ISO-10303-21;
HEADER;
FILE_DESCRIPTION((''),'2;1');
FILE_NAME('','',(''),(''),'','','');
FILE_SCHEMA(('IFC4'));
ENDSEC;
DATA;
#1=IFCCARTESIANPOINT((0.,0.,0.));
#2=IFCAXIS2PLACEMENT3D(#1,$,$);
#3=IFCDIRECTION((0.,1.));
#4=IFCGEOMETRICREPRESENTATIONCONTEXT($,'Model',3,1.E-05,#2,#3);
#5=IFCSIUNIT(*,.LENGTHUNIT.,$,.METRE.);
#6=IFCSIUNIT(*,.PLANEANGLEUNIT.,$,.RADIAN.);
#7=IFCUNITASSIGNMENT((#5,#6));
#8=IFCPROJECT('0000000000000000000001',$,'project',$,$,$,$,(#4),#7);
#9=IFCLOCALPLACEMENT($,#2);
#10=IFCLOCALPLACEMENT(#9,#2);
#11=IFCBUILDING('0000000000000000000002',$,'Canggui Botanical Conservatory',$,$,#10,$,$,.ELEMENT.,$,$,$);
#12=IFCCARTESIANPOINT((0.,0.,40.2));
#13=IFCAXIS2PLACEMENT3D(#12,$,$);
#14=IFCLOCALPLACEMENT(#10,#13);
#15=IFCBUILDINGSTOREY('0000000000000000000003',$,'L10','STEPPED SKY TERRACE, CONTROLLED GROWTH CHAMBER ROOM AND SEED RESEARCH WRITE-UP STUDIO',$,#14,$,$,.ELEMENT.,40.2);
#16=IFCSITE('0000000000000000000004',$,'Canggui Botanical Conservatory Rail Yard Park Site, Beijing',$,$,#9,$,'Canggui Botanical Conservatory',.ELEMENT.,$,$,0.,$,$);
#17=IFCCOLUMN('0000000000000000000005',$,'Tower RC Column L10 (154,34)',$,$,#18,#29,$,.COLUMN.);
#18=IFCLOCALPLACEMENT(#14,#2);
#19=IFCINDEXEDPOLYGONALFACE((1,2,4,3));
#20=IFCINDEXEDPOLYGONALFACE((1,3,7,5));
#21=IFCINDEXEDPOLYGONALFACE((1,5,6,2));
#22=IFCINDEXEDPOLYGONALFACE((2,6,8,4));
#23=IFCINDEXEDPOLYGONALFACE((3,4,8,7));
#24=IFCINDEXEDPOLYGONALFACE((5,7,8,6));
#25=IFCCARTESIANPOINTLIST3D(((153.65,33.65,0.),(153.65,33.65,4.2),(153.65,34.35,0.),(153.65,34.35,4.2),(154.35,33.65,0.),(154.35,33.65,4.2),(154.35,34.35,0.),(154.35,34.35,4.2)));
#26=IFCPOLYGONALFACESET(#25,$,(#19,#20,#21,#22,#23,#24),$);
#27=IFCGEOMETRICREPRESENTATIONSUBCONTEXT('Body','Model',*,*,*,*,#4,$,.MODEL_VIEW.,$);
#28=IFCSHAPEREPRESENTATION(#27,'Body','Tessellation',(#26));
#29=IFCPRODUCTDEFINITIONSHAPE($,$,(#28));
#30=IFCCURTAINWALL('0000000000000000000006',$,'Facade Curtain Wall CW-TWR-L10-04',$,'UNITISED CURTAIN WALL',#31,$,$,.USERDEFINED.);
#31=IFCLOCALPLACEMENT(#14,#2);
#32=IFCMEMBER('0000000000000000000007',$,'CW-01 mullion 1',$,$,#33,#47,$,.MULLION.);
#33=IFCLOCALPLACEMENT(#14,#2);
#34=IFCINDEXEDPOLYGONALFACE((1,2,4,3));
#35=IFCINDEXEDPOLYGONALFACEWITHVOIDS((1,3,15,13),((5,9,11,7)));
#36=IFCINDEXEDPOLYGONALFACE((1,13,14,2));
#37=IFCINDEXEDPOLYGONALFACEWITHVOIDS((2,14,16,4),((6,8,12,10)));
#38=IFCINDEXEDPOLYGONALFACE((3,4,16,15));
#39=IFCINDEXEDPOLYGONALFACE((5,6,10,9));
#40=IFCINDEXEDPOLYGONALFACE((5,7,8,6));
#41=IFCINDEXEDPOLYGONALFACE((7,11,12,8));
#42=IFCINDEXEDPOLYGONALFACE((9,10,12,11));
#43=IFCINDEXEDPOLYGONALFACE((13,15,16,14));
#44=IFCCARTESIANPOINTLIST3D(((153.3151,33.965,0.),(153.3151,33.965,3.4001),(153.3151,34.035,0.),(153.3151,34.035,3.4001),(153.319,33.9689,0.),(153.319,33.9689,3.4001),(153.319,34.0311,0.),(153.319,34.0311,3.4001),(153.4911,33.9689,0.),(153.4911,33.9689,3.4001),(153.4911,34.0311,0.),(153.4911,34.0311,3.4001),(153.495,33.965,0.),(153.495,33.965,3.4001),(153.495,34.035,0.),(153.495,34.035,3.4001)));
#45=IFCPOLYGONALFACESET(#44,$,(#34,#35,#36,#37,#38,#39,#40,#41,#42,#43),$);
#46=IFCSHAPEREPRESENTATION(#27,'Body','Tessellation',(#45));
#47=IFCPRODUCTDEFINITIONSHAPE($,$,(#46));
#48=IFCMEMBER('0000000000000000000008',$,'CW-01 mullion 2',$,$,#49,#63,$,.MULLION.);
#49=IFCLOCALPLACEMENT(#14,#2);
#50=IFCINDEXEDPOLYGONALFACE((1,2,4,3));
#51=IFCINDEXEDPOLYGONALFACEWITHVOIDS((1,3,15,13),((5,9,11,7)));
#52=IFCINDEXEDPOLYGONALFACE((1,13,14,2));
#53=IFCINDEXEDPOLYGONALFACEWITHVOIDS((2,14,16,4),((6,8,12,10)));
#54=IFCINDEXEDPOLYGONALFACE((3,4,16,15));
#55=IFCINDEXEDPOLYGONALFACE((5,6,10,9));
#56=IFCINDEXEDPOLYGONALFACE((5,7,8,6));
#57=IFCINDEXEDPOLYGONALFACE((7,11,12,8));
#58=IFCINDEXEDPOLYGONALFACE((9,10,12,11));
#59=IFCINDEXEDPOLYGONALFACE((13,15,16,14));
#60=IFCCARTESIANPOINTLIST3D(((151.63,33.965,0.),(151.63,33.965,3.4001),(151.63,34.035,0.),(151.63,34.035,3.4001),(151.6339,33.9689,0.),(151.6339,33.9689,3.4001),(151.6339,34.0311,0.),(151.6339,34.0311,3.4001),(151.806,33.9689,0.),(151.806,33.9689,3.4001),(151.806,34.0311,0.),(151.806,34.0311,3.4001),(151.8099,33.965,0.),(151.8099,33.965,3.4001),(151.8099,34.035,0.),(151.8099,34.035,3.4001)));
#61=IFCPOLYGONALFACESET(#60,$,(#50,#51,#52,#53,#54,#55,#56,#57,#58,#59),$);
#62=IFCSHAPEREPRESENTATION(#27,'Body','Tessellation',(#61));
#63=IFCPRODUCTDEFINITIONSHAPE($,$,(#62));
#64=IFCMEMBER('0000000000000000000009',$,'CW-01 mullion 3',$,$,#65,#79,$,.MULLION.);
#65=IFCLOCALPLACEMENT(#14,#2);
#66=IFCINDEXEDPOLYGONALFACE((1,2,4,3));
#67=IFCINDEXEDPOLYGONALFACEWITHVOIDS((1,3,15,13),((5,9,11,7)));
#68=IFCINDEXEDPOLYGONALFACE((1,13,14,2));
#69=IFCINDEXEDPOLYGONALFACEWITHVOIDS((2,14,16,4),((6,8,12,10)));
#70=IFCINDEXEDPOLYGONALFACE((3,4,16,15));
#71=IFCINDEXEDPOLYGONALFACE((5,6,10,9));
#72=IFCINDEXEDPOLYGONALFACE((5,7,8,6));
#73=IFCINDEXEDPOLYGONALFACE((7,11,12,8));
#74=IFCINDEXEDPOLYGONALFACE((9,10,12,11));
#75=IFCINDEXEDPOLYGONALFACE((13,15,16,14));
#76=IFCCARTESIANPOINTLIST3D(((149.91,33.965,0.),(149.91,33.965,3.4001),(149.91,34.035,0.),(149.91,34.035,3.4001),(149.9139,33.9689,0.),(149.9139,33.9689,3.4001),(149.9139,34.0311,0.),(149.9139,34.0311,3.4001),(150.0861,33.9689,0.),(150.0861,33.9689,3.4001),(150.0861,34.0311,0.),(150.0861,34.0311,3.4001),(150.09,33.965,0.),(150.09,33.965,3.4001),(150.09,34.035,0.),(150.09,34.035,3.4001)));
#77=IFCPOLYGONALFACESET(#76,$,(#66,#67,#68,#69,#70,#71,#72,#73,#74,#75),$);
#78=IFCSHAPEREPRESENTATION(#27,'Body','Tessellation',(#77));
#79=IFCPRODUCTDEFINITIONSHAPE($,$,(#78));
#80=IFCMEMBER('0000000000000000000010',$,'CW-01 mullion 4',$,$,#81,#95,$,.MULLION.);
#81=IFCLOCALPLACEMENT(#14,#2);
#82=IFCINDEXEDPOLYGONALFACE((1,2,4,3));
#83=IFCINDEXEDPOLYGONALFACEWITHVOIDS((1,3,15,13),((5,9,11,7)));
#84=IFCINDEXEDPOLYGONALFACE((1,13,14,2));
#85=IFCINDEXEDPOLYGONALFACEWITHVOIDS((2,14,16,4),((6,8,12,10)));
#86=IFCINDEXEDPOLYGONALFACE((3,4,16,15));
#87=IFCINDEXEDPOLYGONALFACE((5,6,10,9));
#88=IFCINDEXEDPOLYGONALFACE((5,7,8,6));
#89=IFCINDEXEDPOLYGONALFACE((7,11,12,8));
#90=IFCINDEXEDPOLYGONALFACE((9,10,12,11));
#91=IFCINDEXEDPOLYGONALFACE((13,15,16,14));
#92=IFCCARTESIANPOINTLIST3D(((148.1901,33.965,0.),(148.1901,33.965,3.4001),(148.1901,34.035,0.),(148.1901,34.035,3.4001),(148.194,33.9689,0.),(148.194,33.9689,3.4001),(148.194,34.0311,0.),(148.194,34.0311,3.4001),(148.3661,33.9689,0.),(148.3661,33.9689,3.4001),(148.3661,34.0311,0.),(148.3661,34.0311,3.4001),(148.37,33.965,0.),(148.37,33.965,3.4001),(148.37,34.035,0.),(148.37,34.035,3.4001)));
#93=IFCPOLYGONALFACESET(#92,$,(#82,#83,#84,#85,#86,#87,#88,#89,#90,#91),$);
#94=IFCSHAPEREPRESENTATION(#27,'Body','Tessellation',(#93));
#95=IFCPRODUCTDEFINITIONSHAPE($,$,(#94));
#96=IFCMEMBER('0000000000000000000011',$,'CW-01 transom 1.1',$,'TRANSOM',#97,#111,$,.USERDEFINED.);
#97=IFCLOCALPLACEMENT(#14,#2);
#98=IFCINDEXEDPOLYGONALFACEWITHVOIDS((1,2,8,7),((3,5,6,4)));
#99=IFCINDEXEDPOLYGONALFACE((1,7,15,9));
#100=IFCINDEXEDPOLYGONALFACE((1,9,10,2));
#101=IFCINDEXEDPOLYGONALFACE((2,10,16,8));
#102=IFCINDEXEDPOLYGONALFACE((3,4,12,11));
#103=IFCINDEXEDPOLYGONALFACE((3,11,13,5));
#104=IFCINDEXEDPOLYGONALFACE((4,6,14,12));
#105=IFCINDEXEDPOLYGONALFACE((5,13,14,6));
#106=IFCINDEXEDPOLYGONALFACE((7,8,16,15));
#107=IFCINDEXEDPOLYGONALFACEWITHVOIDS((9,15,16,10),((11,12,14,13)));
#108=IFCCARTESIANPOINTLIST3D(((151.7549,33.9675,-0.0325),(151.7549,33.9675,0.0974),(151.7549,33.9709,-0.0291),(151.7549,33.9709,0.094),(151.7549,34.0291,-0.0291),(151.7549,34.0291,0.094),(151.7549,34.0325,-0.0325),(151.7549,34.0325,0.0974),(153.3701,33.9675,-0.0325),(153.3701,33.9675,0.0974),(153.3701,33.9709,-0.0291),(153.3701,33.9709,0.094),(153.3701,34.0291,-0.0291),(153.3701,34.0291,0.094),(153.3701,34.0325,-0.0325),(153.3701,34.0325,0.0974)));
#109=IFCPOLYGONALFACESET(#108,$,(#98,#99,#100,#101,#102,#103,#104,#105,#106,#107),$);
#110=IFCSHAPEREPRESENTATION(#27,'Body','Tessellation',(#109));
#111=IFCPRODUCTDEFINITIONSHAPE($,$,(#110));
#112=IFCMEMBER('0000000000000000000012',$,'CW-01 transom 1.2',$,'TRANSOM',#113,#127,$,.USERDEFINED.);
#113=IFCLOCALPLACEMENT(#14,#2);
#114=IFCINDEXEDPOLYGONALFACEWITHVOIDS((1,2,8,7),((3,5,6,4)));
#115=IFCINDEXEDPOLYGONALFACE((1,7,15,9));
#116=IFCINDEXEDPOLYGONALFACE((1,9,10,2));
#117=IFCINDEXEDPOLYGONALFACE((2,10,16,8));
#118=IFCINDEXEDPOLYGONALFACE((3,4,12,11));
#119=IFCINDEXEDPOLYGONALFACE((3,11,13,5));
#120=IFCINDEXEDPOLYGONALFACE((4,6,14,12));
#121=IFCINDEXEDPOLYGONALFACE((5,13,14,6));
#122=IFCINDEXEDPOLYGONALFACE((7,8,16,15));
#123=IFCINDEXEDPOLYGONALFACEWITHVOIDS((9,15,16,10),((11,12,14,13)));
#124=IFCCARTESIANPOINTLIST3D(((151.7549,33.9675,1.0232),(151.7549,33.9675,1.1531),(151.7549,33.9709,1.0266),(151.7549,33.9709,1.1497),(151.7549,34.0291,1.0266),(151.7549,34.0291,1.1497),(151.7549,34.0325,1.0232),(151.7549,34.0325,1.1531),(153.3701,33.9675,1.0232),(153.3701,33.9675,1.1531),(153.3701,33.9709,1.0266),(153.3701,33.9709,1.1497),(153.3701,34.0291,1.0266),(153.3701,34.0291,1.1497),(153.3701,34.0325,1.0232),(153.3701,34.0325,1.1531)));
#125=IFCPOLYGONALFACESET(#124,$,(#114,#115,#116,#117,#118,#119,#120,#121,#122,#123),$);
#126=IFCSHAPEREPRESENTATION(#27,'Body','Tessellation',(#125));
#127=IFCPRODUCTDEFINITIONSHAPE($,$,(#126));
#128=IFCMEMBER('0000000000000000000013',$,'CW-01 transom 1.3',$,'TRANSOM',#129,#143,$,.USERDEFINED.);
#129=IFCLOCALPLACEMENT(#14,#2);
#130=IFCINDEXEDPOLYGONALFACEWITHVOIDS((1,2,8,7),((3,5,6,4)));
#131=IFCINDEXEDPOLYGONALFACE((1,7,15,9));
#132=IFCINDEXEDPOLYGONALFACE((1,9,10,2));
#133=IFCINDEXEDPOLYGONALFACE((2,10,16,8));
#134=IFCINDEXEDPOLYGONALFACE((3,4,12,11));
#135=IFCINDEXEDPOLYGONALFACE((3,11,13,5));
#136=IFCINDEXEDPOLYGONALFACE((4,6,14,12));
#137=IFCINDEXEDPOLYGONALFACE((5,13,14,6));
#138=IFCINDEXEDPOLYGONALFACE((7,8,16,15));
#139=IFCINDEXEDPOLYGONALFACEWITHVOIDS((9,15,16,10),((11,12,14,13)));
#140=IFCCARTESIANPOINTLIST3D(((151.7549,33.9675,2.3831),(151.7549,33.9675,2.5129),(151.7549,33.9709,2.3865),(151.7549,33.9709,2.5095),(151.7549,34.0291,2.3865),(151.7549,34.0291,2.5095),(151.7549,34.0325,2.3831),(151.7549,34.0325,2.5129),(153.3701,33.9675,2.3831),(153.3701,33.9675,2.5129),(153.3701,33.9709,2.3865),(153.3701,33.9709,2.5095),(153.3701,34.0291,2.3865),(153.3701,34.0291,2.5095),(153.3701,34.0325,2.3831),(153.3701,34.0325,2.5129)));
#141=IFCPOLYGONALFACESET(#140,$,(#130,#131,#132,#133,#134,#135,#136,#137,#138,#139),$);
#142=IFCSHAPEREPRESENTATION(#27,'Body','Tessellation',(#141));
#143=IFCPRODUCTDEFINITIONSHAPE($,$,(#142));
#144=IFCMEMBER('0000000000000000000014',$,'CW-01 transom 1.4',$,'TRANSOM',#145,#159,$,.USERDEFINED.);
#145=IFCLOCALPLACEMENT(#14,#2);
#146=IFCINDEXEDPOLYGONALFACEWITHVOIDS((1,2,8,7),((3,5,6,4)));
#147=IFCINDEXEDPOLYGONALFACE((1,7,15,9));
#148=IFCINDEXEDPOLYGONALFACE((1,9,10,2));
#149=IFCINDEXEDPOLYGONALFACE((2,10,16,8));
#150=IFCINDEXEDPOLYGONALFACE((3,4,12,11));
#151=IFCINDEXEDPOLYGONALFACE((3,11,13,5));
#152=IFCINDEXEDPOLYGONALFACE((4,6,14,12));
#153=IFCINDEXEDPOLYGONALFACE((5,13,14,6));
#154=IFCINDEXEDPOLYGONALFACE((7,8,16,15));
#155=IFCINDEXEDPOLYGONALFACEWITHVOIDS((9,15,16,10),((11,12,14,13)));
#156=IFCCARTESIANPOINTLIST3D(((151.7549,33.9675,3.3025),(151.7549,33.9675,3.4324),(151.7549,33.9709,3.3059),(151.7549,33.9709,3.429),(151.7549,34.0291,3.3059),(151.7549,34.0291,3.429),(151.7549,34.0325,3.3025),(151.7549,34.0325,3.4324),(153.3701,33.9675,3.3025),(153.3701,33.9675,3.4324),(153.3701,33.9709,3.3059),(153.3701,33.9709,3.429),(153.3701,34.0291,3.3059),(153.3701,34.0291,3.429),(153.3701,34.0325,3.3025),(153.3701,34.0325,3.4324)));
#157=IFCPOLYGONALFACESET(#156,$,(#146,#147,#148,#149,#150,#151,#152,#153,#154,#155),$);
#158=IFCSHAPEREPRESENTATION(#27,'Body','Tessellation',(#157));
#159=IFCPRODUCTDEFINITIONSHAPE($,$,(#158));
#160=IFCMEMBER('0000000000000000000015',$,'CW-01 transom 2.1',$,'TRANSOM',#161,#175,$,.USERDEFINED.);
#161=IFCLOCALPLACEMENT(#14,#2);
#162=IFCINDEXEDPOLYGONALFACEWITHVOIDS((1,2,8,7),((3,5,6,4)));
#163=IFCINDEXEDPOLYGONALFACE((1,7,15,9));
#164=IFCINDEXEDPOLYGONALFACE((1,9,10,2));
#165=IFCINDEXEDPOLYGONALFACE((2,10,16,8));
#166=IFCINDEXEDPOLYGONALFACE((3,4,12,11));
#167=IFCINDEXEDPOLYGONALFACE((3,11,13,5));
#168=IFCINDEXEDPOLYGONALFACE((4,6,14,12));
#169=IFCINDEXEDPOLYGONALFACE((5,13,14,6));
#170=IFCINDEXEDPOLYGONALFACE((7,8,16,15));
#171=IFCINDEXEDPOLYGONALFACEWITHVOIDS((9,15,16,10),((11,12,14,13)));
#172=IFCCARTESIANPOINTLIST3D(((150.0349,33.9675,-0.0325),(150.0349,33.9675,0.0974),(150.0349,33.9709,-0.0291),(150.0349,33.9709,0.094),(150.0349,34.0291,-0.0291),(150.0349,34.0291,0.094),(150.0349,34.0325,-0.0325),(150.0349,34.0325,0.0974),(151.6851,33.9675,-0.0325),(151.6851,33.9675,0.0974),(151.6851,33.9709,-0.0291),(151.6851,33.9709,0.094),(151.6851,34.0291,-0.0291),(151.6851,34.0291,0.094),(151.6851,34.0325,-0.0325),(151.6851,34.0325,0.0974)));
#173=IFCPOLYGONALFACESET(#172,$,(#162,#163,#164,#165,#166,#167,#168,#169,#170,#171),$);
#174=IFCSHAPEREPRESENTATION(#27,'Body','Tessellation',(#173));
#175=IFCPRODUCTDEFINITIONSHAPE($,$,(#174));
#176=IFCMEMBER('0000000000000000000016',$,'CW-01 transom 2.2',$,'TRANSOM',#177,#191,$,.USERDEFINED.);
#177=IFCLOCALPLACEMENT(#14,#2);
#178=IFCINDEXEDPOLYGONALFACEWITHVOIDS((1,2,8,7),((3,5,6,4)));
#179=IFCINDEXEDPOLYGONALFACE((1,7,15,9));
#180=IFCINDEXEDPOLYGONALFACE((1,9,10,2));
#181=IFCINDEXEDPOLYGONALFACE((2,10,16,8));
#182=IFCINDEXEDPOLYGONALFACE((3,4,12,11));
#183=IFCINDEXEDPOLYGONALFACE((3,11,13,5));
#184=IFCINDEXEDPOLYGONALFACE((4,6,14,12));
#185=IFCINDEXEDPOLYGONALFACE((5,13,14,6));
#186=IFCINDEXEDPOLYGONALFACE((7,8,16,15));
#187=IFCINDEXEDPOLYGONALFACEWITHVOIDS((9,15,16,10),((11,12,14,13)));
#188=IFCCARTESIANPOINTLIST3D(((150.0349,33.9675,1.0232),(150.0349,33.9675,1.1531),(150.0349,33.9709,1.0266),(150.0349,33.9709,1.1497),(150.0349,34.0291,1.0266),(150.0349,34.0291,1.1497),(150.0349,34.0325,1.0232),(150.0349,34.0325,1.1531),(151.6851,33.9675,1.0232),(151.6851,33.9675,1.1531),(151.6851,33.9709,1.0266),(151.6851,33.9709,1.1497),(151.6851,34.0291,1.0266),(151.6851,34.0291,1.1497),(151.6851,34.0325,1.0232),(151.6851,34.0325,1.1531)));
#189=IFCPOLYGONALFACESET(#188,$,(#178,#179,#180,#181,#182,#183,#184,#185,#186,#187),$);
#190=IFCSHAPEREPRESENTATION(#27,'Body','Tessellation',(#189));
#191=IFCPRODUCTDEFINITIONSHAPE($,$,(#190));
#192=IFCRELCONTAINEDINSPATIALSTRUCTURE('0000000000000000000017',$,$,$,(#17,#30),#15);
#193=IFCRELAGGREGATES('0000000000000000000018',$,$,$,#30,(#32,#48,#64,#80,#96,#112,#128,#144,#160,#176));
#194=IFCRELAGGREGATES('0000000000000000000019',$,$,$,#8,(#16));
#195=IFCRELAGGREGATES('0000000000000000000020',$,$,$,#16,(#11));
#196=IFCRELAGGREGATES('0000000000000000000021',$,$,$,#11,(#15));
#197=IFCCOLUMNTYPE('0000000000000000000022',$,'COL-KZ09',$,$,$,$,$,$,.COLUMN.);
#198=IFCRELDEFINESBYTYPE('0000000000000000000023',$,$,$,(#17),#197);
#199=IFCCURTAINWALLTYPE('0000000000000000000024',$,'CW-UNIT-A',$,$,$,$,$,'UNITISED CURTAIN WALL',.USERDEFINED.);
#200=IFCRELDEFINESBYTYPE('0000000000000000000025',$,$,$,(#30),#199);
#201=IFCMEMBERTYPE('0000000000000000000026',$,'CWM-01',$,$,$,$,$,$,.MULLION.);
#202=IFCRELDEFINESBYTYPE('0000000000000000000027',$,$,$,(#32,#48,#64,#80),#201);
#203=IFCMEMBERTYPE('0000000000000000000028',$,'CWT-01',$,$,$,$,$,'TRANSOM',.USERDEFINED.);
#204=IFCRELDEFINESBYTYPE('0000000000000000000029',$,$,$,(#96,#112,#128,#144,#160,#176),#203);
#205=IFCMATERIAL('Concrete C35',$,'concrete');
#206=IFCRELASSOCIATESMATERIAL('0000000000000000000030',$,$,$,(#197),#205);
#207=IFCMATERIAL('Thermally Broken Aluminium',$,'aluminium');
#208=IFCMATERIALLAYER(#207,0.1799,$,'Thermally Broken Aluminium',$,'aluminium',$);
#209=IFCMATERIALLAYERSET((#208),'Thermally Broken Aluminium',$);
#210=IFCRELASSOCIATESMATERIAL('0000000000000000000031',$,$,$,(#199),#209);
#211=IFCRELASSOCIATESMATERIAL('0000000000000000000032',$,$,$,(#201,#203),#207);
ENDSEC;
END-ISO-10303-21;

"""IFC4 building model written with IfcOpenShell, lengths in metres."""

from ifc_helpers import new_model, si_unit, direction, frame, origin, origin_2d, place, context, subcontext, project, spatial, rectangle, hollow_rectangle, extrude, material, layer, layer_set, material_profile, profile_set, type_object, element, aggregate, save


model = new_model("IFC4")

# Units and contexts
model_context = context("Model", 3, precision=1e-05, world=origin(), true_north=direction((0.0, 1.0)))
body_context = subcontext(model_context, "Body", "Model", "MODEL_VIEW")
ifc_project = project(units=[si_unit("LENGTHUNIT", "METRE"), si_unit("PLANEANGLEUNIT", "RADIAN")], contexts=[model_context])

# Site, building, storey
site_placement = place(None, origin())
site = spatial("IfcSite", under=ifc_project, at=site_placement, Name="Canggui Botanical Conservatory Rail Yard Park Site, Beijing", LongName="Canggui Botanical Conservatory", CompositionType="ELEMENT", RefElevation=0.0)
building_placement = place(site_placement, origin())
building = spatial("IfcBuilding", under=site, at=building_placement, Name="Canggui Botanical Conservatory", CompositionType="ELEMENT")
storey_placement = place(building_placement, frame((0.0, 0.0, 40.2)))
storey = spatial("IfcBuildingStorey", under=building, at=storey_placement, Name="L10", Description="STEPPED SKY TERRACE, CONTROLLED GROWTH CHAMBER ROOM AND SEED RESEARCH WRITE-UP STUDIO", CompositionType="ELEMENT", Elevation=40.2)

# Column
ifc_material_1 = material(Name="Concrete C35", Category="concrete")
ifc_material_profile_1 = material_profile(ifc_material_1, rectangle(XDim=0.7, YDim=0.7, at=origin_2d()), Name="RC 700x700")
ifc_profile_set_1 = profile_set([ifc_material_profile_1], Name="Concrete C35")
column_type = type_object("IfcColumnType", Name="COL-KZ09", PredefinedType="COLUMN", material=ifc_profile_set_1)
column_placement = place(storey_placement, frame((154.0, 34.0, 0.0), z_axis=(0.0, 0.0, 1.0), x_axis=(1.0, 0.0, 0.0)))
element("IfcColumn", 1, at=column_placement, inside=storey, type_object=column_type, Name="Tower RC Column L10 (154,34)", PredefinedType="COLUMN", context=body_context, shape_type="SweptSolid", body=[
    extrude(rectangle(XDim=0.7, YDim=0.7, at=origin_2d()), origin(), (0.0, 0.0, 1.0), 4.2),
])

# Curtain wall, members
ifc_material_2 = material(Name="Thermally Broken Aluminium", Category="aluminium")
ifc_layer_1 = layer(ifc_material_2, 0.1799, Name="Thermally Broken Aluminium", Category="aluminium")
ifc_layer_set_1 = layer_set([ifc_layer_1], Name="Thermally Broken Aluminium")
curtain_wall_type = type_object("IfcCurtainWallType", Name="CW-UNIT-A", ElementType="UNITISED CURTAIN WALL", PredefinedType="USERDEFINED", material=ifc_layer_set_1)
curtain_wall_placement = place(storey_placement, origin())
curtain_wall = element("IfcCurtainWall", 2, at=curtain_wall_placement, inside=storey, type_object=curtain_wall_type, Name="Facade Curtain Wall CW-TWR-L10-04", ObjectType="UNITISED CURTAIN WALL", PredefinedType="USERDEFINED")
ifc_material_profile_2 = material_profile(ifc_material_2, hollow_rectangle(XDim=0.0701, YDim=0.1799, WallThickness=0.0039, at=origin_2d()), Name="CWM 70x180x4")
ifc_profile_set_2 = profile_set([ifc_material_profile_2], Name="Thermally Broken Aluminium")
member_type_1 = type_object("IfcMemberType", Name="CWM-01", PredefinedType="MULLION", material=ifc_profile_set_2)
member_1_placement = place(storey_placement, frame((153.405, 34.0, 0.0), z_axis=(0.0, 0.0, 1.0), x_axis=(0.0, -1.0, 0.0)))
member_1 = element("IfcMember", 3, at=member_1_placement, type_object=member_type_1, Name="CW-01 mullion 1", PredefinedType="MULLION", context=body_context, shape_type="SweptSolid", body=[
    extrude(hollow_rectangle(XDim=0.0701, YDim=0.1799, WallThickness=0.0039, at=origin_2d()), origin(), (0.0, 0.0, 1.0), 3.4001),
])
member_2_placement = place(storey_placement, frame((151.72, 34.0, 0.0), z_axis=(0.0, 0.0, 1.0), x_axis=(0.0, -1.0, 0.0)))
member_2 = element("IfcMember", 4, at=member_2_placement, type_object=member_type_1, Name="CW-01 mullion 2", PredefinedType="MULLION", context=body_context, shape_type="SweptSolid", body=[
    extrude(hollow_rectangle(XDim=0.0701, YDim=0.1799, WallThickness=0.0039, at=origin_2d()), origin(), (0.0, 0.0, 1.0), 3.4001),
])
member_3_placement = place(storey_placement, frame((150.0, 34.0, 0.0), z_axis=(0.0, 0.0, 1.0), x_axis=(0.0, -1.0, 0.0)))
member_3 = element("IfcMember", 5, at=member_3_placement, type_object=member_type_1, Name="CW-01 mullion 3", PredefinedType="MULLION", context=body_context, shape_type="SweptSolid", body=[
    extrude(hollow_rectangle(XDim=0.0701, YDim=0.1799, WallThickness=0.0039, at=origin_2d()), origin(), (0.0, 0.0, 1.0), 3.4001),
])
member_4_placement = place(storey_placement, frame((148.28, 34.0, 0.0), z_axis=(0.0, 0.0, 1.0), x_axis=(0.0, -1.0, 0.0)))
member_4 = element("IfcMember", 6, at=member_4_placement, type_object=member_type_1, Name="CW-01 mullion 4", PredefinedType="MULLION", context=body_context, shape_type="SweptSolid", body=[
    extrude(hollow_rectangle(XDim=0.0701, YDim=0.1799, WallThickness=0.0039, at=origin_2d()), origin(), (0.0, 0.0, 1.0), 3.4001),
])
ifc_material_profile_3 = material_profile(ifc_material_2, hollow_rectangle(XDim=0.0649, YDim=0.1299, WallThickness=0.0034, at=origin_2d()), Name="CWT 65x130x3.5")
ifc_profile_set_3 = profile_set([ifc_material_profile_3], Name="Thermally Broken Aluminium")
member_type_2 = type_object("IfcMemberType", Name="CWT-01", ElementType="TRANSOM", PredefinedType="USERDEFINED", material=ifc_profile_set_3)
member_5_placement = place(storey_placement, frame((153.3701, 34.0, 0.0325), z_axis=(-1.0, 0.0, 0.0), x_axis=(0.0, -1.0, 0.0)))
member_5 = element("IfcMember", 7, at=member_5_placement, type_object=member_type_2, Name="CW-01 transom 1.1", ObjectType="TRANSOM", PredefinedType="USERDEFINED", context=body_context, shape_type="SweptSolid", body=[
    extrude(hollow_rectangle(XDim=0.0649, YDim=0.1299, WallThickness=0.0034, at=origin_2d()), origin(), (0.0, 0.0, 1.0), 1.6152),
])
member_6_placement = place(storey_placement, frame((153.3701, 34.0, 1.0881), z_axis=(-1.0, 0.0, 0.0), x_axis=(0.0, -1.0, 0.0)))
member_6 = element("IfcMember", 8, at=member_6_placement, type_object=member_type_2, Name="CW-01 transom 1.2", ObjectType="TRANSOM", PredefinedType="USERDEFINED", context=body_context, shape_type="SweptSolid", body=[
    extrude(hollow_rectangle(XDim=0.0649, YDim=0.1299, WallThickness=0.0034, at=origin_2d()), origin(), (0.0, 0.0, 1.0), 1.6152),
])
member_7_placement = place(storey_placement, frame((153.3701, 34.0, 2.448), z_axis=(-1.0, 0.0, 0.0), x_axis=(0.0, -1.0, 0.0)))
member_7 = element("IfcMember", 9, at=member_7_placement, type_object=member_type_2, Name="CW-01 transom 1.3", ObjectType="TRANSOM", PredefinedType="USERDEFINED", context=body_context, shape_type="SweptSolid", body=[
    extrude(hollow_rectangle(XDim=0.0649, YDim=0.1299, WallThickness=0.0034, at=origin_2d()), origin(), (0.0, 0.0, 1.0), 1.6152),
])
member_8_placement = place(storey_placement, frame((153.3701, 34.0, 3.3674), z_axis=(-1.0, 0.0, 0.0), x_axis=(0.0, -1.0, 0.0)))
member_8 = element("IfcMember", 10, at=member_8_placement, type_object=member_type_2, Name="CW-01 transom 1.4", ObjectType="TRANSOM", PredefinedType="USERDEFINED", context=body_context, shape_type="SweptSolid", body=[
    extrude(hollow_rectangle(XDim=0.0649, YDim=0.1299, WallThickness=0.0034, at=origin_2d()), origin(), (0.0, 0.0, 1.0), 1.6152),
])
member_9_placement = place(storey_placement, frame((151.6851, 34.0, 0.0325), z_axis=(-1.0, 0.0, 0.0), x_axis=(0.0, -1.0, 0.0)))
member_9 = element("IfcMember", 11, at=member_9_placement, type_object=member_type_2, Name="CW-01 transom 2.1", ObjectType="TRANSOM", PredefinedType="USERDEFINED", context=body_context, shape_type="SweptSolid", body=[
    extrude(hollow_rectangle(XDim=0.0649, YDim=0.1299, WallThickness=0.0034, at=origin_2d()), origin(), (0.0, 0.0, 1.0), 1.6501),
])
member_10_placement = place(storey_placement, frame((151.6851, 34.0, 1.0881), z_axis=(-1.0, 0.0, 0.0), x_axis=(0.0, -1.0, 0.0)))
member_10 = element("IfcMember", 12, at=member_10_placement, type_object=member_type_2, Name="CW-01 transom 2.2", ObjectType="TRANSOM", PredefinedType="USERDEFINED", context=body_context, shape_type="SweptSolid", body=[
    extrude(hollow_rectangle(XDim=0.0649, YDim=0.1299, WallThickness=0.0034, at=origin_2d()), origin(), (0.0, 0.0, 1.0), 1.6501),
])
aggregate(curtain_wall, [member_1, member_2, member_3, member_4, member_5, member_6, member_7, member_8, member_9, member_10])

save(model, "model.ifc")
